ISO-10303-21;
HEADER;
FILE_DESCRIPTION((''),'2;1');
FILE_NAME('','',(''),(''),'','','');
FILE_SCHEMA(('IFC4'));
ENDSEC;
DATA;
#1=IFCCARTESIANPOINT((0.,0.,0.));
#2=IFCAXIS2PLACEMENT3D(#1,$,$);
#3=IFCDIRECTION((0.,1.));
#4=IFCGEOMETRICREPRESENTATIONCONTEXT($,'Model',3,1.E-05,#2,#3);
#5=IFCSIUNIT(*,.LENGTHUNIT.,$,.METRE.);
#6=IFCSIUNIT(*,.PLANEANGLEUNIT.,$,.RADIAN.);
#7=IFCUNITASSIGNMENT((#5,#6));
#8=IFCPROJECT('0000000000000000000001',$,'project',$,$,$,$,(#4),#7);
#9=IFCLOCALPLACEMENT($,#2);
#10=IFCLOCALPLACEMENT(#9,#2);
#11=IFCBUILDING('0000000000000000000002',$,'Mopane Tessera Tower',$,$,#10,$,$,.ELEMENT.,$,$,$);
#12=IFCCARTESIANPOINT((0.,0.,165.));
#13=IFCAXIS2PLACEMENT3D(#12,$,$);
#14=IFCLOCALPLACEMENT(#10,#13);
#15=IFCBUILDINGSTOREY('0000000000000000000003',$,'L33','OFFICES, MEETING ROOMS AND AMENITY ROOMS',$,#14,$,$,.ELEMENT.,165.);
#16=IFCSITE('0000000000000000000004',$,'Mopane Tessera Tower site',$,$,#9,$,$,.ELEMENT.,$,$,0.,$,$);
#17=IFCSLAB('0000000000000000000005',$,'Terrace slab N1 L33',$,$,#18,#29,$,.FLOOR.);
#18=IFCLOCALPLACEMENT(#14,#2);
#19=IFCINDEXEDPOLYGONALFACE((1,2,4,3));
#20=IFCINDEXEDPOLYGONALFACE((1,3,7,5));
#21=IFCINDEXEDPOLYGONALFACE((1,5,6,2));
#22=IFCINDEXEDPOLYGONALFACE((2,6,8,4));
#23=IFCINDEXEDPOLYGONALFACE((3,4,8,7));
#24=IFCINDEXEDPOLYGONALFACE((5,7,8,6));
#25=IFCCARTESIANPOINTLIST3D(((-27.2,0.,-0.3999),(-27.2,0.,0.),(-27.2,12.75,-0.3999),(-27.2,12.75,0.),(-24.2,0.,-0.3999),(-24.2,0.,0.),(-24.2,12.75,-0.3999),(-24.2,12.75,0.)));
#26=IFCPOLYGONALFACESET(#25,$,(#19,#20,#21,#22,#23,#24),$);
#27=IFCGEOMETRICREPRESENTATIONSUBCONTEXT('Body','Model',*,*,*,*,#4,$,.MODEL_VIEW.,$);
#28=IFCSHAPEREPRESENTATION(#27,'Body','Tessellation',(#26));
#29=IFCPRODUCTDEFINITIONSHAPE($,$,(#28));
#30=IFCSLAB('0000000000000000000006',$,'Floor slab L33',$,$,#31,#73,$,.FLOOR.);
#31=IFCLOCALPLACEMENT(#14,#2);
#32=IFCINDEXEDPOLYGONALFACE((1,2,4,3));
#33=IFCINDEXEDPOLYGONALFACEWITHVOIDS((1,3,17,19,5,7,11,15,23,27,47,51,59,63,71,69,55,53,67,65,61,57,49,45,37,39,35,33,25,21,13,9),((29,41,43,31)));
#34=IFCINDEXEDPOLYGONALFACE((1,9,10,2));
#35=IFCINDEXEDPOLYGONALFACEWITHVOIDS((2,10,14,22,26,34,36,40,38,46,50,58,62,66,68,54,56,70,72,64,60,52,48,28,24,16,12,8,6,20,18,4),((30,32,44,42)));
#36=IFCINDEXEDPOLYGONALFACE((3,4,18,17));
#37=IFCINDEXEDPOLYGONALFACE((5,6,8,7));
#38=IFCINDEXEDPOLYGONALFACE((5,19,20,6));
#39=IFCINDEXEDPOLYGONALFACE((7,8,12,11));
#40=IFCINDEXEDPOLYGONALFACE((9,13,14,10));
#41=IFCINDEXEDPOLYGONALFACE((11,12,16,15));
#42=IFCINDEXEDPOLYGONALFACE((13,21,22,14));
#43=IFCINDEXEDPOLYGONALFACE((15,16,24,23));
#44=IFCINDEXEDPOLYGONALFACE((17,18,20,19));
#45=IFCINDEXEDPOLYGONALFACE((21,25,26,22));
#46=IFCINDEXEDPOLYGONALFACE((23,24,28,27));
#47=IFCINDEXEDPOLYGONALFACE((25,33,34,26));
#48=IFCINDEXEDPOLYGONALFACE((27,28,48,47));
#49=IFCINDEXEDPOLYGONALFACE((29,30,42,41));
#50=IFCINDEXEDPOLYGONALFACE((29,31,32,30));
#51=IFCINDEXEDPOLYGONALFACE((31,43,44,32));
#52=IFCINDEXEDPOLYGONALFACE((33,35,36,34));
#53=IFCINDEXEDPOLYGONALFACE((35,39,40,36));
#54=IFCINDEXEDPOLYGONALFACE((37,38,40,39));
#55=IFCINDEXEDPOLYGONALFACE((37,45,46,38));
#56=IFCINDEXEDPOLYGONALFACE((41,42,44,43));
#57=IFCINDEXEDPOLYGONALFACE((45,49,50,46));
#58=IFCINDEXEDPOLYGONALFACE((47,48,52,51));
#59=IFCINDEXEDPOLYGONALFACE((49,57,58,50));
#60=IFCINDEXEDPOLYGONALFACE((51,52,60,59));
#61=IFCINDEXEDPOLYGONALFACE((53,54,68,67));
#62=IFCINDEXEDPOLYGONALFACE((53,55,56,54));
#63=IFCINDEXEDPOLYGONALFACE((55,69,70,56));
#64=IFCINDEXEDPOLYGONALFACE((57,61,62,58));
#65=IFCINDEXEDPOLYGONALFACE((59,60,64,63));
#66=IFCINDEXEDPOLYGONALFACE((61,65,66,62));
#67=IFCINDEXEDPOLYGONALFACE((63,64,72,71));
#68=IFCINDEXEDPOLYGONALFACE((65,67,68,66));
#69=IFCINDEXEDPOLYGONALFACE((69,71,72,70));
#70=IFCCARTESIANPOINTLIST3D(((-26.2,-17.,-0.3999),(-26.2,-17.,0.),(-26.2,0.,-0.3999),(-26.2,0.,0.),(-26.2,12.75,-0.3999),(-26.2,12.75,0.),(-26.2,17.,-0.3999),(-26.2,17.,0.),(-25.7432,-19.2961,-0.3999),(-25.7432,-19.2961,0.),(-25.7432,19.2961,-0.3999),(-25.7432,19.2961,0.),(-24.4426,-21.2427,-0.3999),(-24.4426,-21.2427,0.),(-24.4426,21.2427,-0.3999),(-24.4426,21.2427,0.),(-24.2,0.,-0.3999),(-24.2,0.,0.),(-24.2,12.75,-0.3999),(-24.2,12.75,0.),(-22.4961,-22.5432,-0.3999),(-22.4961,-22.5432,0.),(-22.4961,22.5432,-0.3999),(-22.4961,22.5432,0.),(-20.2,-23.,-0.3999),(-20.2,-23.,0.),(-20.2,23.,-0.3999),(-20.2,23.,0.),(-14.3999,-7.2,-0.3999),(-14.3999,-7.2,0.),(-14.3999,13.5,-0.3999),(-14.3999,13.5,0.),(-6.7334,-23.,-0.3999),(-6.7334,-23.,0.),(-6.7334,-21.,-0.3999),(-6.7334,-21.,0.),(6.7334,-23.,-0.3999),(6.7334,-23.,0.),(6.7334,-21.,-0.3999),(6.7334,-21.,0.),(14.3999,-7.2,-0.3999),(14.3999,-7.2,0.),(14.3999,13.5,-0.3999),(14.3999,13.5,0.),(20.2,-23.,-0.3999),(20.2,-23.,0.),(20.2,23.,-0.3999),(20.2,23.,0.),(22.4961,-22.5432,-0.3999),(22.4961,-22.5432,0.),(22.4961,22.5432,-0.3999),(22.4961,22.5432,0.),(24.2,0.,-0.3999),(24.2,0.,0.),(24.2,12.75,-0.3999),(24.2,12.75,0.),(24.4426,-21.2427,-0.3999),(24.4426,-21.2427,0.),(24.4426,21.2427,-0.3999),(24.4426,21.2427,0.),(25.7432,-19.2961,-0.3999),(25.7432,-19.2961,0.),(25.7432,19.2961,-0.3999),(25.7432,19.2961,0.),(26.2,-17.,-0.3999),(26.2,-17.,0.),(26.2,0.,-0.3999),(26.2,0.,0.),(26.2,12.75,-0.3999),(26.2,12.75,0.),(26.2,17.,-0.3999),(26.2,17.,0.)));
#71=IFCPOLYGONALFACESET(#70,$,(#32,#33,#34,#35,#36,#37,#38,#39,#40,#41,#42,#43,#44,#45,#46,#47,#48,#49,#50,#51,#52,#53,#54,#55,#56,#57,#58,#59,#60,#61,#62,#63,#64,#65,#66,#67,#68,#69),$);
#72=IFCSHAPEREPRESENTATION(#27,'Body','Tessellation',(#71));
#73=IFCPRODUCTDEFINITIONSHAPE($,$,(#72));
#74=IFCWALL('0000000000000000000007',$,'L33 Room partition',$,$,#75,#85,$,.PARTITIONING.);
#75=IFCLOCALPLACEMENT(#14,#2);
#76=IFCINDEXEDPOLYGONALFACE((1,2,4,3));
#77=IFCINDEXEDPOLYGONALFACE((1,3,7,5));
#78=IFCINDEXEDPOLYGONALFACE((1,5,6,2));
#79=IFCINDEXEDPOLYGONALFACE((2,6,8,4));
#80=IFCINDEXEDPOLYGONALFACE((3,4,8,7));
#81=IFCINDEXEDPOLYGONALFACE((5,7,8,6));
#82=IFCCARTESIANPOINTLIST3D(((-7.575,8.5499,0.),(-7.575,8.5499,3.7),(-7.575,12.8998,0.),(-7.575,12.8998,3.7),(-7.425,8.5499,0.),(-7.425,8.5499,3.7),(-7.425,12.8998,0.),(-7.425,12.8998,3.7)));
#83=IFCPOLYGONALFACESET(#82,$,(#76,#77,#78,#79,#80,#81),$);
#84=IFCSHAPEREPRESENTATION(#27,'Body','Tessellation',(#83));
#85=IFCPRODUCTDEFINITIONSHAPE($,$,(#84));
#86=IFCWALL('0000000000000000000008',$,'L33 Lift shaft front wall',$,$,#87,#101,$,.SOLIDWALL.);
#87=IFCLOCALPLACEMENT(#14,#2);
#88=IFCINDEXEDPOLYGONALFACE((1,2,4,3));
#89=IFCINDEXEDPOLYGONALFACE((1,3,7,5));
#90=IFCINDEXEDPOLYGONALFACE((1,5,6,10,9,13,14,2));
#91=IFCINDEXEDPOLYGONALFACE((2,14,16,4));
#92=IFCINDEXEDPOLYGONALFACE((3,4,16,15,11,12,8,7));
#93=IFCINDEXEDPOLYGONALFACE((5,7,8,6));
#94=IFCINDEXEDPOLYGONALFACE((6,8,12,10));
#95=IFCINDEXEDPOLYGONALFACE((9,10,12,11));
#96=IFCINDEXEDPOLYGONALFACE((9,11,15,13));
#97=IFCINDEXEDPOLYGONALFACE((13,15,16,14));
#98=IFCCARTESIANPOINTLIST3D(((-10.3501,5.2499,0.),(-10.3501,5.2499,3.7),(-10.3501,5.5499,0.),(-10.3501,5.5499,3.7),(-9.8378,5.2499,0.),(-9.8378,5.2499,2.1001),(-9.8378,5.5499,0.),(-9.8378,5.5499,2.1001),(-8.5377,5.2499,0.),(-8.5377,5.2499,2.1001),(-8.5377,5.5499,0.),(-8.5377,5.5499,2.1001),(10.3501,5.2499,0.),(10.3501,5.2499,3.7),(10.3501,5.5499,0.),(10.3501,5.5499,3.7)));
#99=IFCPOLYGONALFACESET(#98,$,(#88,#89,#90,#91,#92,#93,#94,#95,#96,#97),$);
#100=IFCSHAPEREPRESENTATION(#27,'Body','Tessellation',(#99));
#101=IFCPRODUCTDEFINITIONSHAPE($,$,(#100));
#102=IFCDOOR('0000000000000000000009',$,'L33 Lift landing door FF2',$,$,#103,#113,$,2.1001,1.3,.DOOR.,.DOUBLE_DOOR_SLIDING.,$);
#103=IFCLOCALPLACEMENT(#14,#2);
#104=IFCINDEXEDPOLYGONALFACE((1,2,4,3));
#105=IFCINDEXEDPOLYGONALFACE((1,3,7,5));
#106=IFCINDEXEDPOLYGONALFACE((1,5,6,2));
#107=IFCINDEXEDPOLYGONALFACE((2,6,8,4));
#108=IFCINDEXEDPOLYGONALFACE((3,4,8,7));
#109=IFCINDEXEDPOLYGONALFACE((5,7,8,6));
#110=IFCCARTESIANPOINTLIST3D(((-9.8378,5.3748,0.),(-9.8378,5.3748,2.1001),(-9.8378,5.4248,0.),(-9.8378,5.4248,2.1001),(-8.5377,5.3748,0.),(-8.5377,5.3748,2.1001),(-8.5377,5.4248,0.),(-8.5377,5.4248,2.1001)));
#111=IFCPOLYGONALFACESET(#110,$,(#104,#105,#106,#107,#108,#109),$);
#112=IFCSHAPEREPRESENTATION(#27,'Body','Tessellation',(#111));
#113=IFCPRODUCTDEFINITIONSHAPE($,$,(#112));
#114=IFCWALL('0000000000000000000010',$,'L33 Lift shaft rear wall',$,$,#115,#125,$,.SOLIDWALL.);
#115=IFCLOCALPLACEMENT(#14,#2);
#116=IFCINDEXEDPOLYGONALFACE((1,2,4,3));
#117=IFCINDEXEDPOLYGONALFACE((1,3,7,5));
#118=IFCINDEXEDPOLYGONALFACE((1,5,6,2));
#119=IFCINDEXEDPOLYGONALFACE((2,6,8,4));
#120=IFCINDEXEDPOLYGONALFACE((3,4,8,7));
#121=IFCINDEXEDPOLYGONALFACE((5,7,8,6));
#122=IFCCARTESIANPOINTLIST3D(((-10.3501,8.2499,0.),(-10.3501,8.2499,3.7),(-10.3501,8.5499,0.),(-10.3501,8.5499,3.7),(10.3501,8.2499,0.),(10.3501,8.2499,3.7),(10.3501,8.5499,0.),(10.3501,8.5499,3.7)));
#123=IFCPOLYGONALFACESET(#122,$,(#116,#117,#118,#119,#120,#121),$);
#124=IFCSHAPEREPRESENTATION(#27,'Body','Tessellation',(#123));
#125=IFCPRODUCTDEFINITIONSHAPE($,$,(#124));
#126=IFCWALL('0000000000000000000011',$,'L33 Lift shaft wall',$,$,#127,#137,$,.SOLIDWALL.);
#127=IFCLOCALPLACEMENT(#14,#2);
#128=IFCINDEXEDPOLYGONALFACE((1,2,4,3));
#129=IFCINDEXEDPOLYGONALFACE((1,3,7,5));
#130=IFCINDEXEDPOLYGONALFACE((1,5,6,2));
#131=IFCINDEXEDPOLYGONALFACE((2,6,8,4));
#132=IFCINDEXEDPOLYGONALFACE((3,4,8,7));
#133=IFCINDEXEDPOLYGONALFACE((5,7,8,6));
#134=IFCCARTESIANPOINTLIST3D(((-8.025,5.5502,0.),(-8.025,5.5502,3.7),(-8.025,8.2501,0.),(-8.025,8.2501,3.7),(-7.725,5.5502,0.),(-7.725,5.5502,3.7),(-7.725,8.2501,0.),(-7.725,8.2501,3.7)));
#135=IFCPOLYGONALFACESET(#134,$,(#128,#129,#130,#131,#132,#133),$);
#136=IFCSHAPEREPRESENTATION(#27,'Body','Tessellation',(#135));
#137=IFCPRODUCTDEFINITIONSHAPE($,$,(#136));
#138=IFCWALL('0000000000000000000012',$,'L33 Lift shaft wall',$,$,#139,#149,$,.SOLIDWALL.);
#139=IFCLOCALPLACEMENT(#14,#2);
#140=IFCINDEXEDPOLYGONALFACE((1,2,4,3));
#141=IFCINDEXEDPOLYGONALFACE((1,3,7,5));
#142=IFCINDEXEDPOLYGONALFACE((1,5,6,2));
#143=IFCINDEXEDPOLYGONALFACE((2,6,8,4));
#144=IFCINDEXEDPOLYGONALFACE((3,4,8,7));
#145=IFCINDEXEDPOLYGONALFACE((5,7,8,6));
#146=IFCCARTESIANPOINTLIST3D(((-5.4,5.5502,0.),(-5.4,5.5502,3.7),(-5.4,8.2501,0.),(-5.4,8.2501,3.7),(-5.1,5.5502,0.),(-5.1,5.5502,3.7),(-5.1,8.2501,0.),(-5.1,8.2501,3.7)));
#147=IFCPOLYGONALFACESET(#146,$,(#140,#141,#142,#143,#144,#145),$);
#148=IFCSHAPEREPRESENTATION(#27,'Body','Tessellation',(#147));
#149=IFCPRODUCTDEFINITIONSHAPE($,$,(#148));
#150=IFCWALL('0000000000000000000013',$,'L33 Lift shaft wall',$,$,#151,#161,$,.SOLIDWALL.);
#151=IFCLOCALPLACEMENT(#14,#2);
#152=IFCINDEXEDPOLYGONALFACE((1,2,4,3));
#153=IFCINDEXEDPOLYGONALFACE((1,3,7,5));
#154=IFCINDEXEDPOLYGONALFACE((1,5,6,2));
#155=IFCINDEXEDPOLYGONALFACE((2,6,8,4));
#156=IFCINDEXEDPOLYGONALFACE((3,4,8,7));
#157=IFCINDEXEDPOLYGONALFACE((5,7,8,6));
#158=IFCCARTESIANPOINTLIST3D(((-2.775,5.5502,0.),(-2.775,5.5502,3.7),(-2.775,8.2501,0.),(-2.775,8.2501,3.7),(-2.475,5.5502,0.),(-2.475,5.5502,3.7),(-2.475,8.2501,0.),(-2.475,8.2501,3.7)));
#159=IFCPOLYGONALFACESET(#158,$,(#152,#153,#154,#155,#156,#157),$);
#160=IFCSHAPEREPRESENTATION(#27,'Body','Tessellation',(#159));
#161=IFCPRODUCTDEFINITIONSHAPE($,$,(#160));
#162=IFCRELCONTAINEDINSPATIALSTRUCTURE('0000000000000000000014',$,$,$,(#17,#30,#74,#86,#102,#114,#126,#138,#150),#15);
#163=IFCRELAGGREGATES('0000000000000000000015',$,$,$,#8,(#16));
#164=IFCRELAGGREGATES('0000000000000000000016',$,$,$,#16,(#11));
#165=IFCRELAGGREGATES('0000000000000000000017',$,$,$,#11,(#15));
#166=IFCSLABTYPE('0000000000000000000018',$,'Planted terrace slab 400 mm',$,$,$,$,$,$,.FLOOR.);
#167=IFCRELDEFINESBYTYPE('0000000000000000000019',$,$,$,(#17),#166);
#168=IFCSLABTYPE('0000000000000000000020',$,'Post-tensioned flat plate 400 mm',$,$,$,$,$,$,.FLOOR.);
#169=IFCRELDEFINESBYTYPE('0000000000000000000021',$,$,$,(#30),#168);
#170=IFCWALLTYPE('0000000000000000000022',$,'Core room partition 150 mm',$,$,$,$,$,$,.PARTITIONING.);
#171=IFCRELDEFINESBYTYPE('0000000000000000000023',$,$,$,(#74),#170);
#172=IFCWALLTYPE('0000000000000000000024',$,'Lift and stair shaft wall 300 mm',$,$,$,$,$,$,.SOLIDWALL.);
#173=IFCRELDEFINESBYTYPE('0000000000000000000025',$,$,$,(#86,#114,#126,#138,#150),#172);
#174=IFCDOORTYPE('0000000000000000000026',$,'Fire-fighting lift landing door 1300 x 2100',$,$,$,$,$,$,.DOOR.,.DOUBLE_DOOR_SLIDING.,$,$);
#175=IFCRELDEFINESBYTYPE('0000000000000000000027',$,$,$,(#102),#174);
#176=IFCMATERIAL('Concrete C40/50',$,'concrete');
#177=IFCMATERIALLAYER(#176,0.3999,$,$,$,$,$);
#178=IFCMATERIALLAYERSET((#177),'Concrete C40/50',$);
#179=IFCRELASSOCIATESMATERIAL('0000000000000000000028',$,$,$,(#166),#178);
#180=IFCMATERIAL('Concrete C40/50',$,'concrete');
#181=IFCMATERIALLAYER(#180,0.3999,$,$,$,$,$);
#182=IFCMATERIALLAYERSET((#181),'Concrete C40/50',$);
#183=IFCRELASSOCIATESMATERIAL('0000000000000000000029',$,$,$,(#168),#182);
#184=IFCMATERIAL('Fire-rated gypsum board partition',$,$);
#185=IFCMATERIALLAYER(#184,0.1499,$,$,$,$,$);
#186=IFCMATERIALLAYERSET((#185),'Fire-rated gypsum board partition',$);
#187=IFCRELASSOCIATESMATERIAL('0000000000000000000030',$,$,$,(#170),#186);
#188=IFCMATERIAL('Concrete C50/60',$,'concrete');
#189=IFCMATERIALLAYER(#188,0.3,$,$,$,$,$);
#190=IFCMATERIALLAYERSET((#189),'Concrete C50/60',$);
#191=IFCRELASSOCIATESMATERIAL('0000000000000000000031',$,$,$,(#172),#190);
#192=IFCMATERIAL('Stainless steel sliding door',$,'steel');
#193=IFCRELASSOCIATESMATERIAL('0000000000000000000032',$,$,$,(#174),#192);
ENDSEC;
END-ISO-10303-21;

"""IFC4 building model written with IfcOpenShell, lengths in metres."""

from ifc_helpers import new_model, si_unit, direction, frame, frame_2d, origin, place, context, subcontext, project, spatial, polyline, rectangle, outline, extrude, material, layer, layer_set, type_object, element, fill, save


model = new_model("IFC4")

# Units and contexts
model_context = context("Model", 3, precision=1e-05, world=origin(), true_north=direction((0.0, 1.0)))
body_context = subcontext(model_context, "Body", "Model", "MODEL_VIEW")
ifc_project = project(units=[si_unit("LENGTHUNIT", "METRE"), si_unit("PLANEANGLEUNIT", "RADIAN")], contexts=[model_context])

# Site, building, storey
site_placement = place(None, origin())
site = spatial("IfcSite", under=ifc_project, at=site_placement, Name="Mopane Tessera Tower site", CompositionType="ELEMENT", RefElevation=0.0)
building_placement = place(site_placement, origin())
building = spatial("IfcBuilding", under=site, at=building_placement, Name="Mopane Tessera Tower", CompositionType="ELEMENT")
storey_placement = place(building_placement, frame((0.0, 0.0, 165.0)))
storey = spatial("IfcBuildingStorey", under=building, at=storey_placement, Name="L33", Description="OFFICES, MEETING ROOMS AND AMENITY ROOMS", CompositionType="ELEMENT", Elevation=165.0)

# Slabs
ifc_material_1 = material(Name="Concrete C40/50", Category="concrete")
ifc_layer_1 = layer(ifc_material_1, 0.3999)
ifc_layer_set_1 = layer_set([ifc_layer_1], Name="Concrete C40/50")
slab_type_1 = type_object("IfcSlabType", Name="Planted terrace slab 400 mm", PredefinedType="FLOOR", material=ifc_layer_set_1)
slab_1_placement = place(storey_placement, frame((0.0, 0.0, -0.3999)))
element("IfcSlab", 1, at=slab_1_placement, inside=storey, type_object=slab_type_1, Name="Terrace slab N1 L33", PredefinedType="FLOOR", context=body_context, shape_type="SweptSolid", body=[
    extrude(outline(polyline([(-27.2, 0.0), (-24.2, 0.0), (-24.2, 12.75), (-27.2, 12.75), (-27.2, 0.0)])), origin(), (0.0, 0.0, 1.0), 0.3999),
])
ifc_material_2 = material(Name="Concrete C40/50", Category="concrete")
ifc_layer_2 = layer(ifc_material_2, 0.3999)
ifc_layer_set_2 = layer_set([ifc_layer_2], Name="Concrete C40/50")
slab_type_2 = type_object("IfcSlabType", Name="Post-tensioned flat plate 400 mm", PredefinedType="FLOOR", material=ifc_layer_set_2)
slab_2_placement = place(storey_placement, frame((0.0, 0.0, -0.3999)))
element("IfcSlab", 2, at=slab_2_placement, inside=storey, type_object=slab_type_2, Name="Floor slab L33", PredefinedType="FLOOR", context=body_context, shape_type="SweptSolid", body=[
    extrude(outline(polyline([(-20.2, -23.0), (-6.7334, -23.0), (-6.7334, -21.0), (6.7334, -21.0), (6.7334, -23.0), (20.2, -23.0), (22.4961, -22.5432), (24.4426, -21.2427), (25.7432, -19.2961), (26.2, -17.0), (26.2, 0.0), (24.2, 0.0), (24.2, 12.75), (26.2, 12.75), (26.2, 17.0), (25.7432, 19.2961), (24.4426, 21.2427), (22.4961, 22.5432), (20.2, 23.0), (-20.2, 23.0), (-22.4961, 22.5432), (-24.4426, 21.2427), (-25.7432, 19.2961), (-26.2, 17.0), (-26.2, 12.75), (-24.2, 12.75), (-24.2, 0.0), (-26.2, 0.0), (-26.2, -17.0), (-25.7432, -19.2961), (-24.4426, -21.2427), (-22.4961, -22.5432), (-20.2, -23.0)]), holes=[polyline([(14.3999, -7.2), (-14.3999, -7.2), (-14.3999, 13.5), (14.3999, 13.5), (14.3999, -7.2)])]), origin(), (0.0, 0.0, 1.0), 0.3999),
])

# Wall
ifc_material_3 = material(Name="Fire-rated gypsum board partition")
ifc_layer_3 = layer(ifc_material_3, 0.1499)
ifc_layer_set_3 = layer_set([ifc_layer_3], Name="Fire-rated gypsum board partition")
wall_type_1 = type_object("IfcWallType", Name="Core room partition 150 mm", PredefinedType="PARTITIONING", material=ifc_layer_set_3)
wall_1_placement = place(storey_placement, frame((-7.5, 8.55, 0.0), z_axis=(0.0, 0.0, 1.0), x_axis=(0.0, 1.0, 0.0)))
element("IfcWall", 3, at=wall_1_placement, inside=storey, type_object=wall_type_1, Name="L33 Room partition", PredefinedType="PARTITIONING", context=body_context, shape_type="SweptSolid", body=[
    extrude(rectangle(XDim=4.3499, YDim=0.1499, at=frame_2d((2.1748, 0.0))), origin(), (0.0, 0.0, 1.0), 3.7),
])

# Wall, opening, door
ifc_material_4 = material(Name="Concrete C50/60", Category="concrete")
ifc_layer_4 = layer(ifc_material_4, 0.3)
ifc_layer_set_4 = layer_set([ifc_layer_4], Name="Concrete C50/60")
wall_type_2 = type_object("IfcWallType", Name="Lift and stair shaft wall 300 mm", PredefinedType="SOLIDWALL", material=ifc_layer_set_4)
wall_2_placement = place(storey_placement, frame((-10.3501, 5.3999, 0.0), z_axis=(0.0, 0.0, 1.0), x_axis=(1.0, 0.0, 0.0)))
wall_2 = element("IfcWall", 4, at=wall_2_placement, inside=storey, type_object=wall_type_2, Name="L33 Lift shaft front wall", PredefinedType="SOLIDWALL", context=body_context, shape_type="SweptSolid", body=[
    extrude(rectangle(XDim=20.7002, YDim=0.3, at=frame_2d((10.3501, 0.0))), origin(), (0.0, 0.0, 1.0), 3.7),
])
opening_1_placement = place(wall_2_placement, frame((0.5125, 0.0, 0.0)))
opening_1 = element("IfcOpeningElement", 5, at=opening_1_placement, cuts=wall_2, PredefinedType="OPENING", context=body_context, shape_type="SweptSolid", body=[
    extrude(rectangle(XDim=1.3, YDim=2.1001, at=frame_2d((0.6499, 1.05))), frame((0.0, 0.1621, 0.0), z_axis=(0.0, -1.0, 0.0), x_axis=(1.0, 0.0, 0.0)), (0.0, 0.0, 1.0), 0.324),
])
ifc_material_5 = material(Name="Stainless steel sliding door", Category="steel")
door_type_1 = type_object("IfcDoorType", Name="Fire-fighting lift landing door 1300 x 2100", OperationType="DOUBLE_DOOR_SLIDING", PredefinedType="DOOR", material=ifc_material_5)
door_1_placement = place(opening_1_placement, origin())
door_1 = element("IfcDoor", 6, at=door_1_placement, inside=storey, type_object=door_type_1, Name="L33 Lift landing door FF2", OperationType="DOUBLE_DOOR_SLIDING", OverallHeight=2.1001, OverallWidth=1.3, PredefinedType="DOOR", context=body_context, shape_type="SweptSolid", body=[
    extrude(rectangle(XDim=1.3, YDim=2.1001, at=frame_2d((0.6499, 1.05))), frame((0.0, 0.0249, 0.0), z_axis=(0.0, -1.0, 0.0), x_axis=(1.0, 0.0, 0.0)), (0.0, 0.0, 1.0), 0.05),
])
fill(opening_1, door_1)

# Walls
wall_3_placement = place(storey_placement, frame((-10.3501, 8.3999, 0.0), z_axis=(0.0, 0.0, 1.0), x_axis=(1.0, 0.0, 0.0)))
element("IfcWall", 7, at=wall_3_placement, inside=storey, type_object=wall_type_2, Name="L33 Lift shaft rear wall", PredefinedType="SOLIDWALL", context=body_context, shape_type="SweptSolid", body=[
    extrude(rectangle(XDim=20.7002, YDim=0.3, at=frame_2d((10.3501, 0.0))), origin(), (0.0, 0.0, 1.0), 3.7),
])
for number, where, z_axis, x_axis, name in (
    (8, (-7.875, 5.55, 0.0), (0.0, 0.0, 1.0), (0.0, 1.0, 0.0), "L33 Lift shaft wall"),
    (9, (-5.25, 5.55, 0.0), (0.0, 0.0, 1.0), (0.0, 1.0, 0.0), "L33 Lift shaft wall"),
    (10, (-2.625, 5.55, 0.0), (0.0, 0.0, 1.0), (0.0, 1.0, 0.0), "L33 Lift shaft wall"),
):
    element("IfcWall", number, at=place(storey_placement, frame(where, z_axis=z_axis, x_axis=x_axis)), inside=storey, type_object=wall_type_2, Name=name, PredefinedType="SOLIDWALL", context=body_context, shape_type="SweptSolid", body=[
        extrude(rectangle(XDim=2.7, YDim=0.3, at=frame_2d((1.3501, 0.0))), origin(), (0.0, 0.0, 1.0), 3.7),
    ])

save(model, "model.ifc")
